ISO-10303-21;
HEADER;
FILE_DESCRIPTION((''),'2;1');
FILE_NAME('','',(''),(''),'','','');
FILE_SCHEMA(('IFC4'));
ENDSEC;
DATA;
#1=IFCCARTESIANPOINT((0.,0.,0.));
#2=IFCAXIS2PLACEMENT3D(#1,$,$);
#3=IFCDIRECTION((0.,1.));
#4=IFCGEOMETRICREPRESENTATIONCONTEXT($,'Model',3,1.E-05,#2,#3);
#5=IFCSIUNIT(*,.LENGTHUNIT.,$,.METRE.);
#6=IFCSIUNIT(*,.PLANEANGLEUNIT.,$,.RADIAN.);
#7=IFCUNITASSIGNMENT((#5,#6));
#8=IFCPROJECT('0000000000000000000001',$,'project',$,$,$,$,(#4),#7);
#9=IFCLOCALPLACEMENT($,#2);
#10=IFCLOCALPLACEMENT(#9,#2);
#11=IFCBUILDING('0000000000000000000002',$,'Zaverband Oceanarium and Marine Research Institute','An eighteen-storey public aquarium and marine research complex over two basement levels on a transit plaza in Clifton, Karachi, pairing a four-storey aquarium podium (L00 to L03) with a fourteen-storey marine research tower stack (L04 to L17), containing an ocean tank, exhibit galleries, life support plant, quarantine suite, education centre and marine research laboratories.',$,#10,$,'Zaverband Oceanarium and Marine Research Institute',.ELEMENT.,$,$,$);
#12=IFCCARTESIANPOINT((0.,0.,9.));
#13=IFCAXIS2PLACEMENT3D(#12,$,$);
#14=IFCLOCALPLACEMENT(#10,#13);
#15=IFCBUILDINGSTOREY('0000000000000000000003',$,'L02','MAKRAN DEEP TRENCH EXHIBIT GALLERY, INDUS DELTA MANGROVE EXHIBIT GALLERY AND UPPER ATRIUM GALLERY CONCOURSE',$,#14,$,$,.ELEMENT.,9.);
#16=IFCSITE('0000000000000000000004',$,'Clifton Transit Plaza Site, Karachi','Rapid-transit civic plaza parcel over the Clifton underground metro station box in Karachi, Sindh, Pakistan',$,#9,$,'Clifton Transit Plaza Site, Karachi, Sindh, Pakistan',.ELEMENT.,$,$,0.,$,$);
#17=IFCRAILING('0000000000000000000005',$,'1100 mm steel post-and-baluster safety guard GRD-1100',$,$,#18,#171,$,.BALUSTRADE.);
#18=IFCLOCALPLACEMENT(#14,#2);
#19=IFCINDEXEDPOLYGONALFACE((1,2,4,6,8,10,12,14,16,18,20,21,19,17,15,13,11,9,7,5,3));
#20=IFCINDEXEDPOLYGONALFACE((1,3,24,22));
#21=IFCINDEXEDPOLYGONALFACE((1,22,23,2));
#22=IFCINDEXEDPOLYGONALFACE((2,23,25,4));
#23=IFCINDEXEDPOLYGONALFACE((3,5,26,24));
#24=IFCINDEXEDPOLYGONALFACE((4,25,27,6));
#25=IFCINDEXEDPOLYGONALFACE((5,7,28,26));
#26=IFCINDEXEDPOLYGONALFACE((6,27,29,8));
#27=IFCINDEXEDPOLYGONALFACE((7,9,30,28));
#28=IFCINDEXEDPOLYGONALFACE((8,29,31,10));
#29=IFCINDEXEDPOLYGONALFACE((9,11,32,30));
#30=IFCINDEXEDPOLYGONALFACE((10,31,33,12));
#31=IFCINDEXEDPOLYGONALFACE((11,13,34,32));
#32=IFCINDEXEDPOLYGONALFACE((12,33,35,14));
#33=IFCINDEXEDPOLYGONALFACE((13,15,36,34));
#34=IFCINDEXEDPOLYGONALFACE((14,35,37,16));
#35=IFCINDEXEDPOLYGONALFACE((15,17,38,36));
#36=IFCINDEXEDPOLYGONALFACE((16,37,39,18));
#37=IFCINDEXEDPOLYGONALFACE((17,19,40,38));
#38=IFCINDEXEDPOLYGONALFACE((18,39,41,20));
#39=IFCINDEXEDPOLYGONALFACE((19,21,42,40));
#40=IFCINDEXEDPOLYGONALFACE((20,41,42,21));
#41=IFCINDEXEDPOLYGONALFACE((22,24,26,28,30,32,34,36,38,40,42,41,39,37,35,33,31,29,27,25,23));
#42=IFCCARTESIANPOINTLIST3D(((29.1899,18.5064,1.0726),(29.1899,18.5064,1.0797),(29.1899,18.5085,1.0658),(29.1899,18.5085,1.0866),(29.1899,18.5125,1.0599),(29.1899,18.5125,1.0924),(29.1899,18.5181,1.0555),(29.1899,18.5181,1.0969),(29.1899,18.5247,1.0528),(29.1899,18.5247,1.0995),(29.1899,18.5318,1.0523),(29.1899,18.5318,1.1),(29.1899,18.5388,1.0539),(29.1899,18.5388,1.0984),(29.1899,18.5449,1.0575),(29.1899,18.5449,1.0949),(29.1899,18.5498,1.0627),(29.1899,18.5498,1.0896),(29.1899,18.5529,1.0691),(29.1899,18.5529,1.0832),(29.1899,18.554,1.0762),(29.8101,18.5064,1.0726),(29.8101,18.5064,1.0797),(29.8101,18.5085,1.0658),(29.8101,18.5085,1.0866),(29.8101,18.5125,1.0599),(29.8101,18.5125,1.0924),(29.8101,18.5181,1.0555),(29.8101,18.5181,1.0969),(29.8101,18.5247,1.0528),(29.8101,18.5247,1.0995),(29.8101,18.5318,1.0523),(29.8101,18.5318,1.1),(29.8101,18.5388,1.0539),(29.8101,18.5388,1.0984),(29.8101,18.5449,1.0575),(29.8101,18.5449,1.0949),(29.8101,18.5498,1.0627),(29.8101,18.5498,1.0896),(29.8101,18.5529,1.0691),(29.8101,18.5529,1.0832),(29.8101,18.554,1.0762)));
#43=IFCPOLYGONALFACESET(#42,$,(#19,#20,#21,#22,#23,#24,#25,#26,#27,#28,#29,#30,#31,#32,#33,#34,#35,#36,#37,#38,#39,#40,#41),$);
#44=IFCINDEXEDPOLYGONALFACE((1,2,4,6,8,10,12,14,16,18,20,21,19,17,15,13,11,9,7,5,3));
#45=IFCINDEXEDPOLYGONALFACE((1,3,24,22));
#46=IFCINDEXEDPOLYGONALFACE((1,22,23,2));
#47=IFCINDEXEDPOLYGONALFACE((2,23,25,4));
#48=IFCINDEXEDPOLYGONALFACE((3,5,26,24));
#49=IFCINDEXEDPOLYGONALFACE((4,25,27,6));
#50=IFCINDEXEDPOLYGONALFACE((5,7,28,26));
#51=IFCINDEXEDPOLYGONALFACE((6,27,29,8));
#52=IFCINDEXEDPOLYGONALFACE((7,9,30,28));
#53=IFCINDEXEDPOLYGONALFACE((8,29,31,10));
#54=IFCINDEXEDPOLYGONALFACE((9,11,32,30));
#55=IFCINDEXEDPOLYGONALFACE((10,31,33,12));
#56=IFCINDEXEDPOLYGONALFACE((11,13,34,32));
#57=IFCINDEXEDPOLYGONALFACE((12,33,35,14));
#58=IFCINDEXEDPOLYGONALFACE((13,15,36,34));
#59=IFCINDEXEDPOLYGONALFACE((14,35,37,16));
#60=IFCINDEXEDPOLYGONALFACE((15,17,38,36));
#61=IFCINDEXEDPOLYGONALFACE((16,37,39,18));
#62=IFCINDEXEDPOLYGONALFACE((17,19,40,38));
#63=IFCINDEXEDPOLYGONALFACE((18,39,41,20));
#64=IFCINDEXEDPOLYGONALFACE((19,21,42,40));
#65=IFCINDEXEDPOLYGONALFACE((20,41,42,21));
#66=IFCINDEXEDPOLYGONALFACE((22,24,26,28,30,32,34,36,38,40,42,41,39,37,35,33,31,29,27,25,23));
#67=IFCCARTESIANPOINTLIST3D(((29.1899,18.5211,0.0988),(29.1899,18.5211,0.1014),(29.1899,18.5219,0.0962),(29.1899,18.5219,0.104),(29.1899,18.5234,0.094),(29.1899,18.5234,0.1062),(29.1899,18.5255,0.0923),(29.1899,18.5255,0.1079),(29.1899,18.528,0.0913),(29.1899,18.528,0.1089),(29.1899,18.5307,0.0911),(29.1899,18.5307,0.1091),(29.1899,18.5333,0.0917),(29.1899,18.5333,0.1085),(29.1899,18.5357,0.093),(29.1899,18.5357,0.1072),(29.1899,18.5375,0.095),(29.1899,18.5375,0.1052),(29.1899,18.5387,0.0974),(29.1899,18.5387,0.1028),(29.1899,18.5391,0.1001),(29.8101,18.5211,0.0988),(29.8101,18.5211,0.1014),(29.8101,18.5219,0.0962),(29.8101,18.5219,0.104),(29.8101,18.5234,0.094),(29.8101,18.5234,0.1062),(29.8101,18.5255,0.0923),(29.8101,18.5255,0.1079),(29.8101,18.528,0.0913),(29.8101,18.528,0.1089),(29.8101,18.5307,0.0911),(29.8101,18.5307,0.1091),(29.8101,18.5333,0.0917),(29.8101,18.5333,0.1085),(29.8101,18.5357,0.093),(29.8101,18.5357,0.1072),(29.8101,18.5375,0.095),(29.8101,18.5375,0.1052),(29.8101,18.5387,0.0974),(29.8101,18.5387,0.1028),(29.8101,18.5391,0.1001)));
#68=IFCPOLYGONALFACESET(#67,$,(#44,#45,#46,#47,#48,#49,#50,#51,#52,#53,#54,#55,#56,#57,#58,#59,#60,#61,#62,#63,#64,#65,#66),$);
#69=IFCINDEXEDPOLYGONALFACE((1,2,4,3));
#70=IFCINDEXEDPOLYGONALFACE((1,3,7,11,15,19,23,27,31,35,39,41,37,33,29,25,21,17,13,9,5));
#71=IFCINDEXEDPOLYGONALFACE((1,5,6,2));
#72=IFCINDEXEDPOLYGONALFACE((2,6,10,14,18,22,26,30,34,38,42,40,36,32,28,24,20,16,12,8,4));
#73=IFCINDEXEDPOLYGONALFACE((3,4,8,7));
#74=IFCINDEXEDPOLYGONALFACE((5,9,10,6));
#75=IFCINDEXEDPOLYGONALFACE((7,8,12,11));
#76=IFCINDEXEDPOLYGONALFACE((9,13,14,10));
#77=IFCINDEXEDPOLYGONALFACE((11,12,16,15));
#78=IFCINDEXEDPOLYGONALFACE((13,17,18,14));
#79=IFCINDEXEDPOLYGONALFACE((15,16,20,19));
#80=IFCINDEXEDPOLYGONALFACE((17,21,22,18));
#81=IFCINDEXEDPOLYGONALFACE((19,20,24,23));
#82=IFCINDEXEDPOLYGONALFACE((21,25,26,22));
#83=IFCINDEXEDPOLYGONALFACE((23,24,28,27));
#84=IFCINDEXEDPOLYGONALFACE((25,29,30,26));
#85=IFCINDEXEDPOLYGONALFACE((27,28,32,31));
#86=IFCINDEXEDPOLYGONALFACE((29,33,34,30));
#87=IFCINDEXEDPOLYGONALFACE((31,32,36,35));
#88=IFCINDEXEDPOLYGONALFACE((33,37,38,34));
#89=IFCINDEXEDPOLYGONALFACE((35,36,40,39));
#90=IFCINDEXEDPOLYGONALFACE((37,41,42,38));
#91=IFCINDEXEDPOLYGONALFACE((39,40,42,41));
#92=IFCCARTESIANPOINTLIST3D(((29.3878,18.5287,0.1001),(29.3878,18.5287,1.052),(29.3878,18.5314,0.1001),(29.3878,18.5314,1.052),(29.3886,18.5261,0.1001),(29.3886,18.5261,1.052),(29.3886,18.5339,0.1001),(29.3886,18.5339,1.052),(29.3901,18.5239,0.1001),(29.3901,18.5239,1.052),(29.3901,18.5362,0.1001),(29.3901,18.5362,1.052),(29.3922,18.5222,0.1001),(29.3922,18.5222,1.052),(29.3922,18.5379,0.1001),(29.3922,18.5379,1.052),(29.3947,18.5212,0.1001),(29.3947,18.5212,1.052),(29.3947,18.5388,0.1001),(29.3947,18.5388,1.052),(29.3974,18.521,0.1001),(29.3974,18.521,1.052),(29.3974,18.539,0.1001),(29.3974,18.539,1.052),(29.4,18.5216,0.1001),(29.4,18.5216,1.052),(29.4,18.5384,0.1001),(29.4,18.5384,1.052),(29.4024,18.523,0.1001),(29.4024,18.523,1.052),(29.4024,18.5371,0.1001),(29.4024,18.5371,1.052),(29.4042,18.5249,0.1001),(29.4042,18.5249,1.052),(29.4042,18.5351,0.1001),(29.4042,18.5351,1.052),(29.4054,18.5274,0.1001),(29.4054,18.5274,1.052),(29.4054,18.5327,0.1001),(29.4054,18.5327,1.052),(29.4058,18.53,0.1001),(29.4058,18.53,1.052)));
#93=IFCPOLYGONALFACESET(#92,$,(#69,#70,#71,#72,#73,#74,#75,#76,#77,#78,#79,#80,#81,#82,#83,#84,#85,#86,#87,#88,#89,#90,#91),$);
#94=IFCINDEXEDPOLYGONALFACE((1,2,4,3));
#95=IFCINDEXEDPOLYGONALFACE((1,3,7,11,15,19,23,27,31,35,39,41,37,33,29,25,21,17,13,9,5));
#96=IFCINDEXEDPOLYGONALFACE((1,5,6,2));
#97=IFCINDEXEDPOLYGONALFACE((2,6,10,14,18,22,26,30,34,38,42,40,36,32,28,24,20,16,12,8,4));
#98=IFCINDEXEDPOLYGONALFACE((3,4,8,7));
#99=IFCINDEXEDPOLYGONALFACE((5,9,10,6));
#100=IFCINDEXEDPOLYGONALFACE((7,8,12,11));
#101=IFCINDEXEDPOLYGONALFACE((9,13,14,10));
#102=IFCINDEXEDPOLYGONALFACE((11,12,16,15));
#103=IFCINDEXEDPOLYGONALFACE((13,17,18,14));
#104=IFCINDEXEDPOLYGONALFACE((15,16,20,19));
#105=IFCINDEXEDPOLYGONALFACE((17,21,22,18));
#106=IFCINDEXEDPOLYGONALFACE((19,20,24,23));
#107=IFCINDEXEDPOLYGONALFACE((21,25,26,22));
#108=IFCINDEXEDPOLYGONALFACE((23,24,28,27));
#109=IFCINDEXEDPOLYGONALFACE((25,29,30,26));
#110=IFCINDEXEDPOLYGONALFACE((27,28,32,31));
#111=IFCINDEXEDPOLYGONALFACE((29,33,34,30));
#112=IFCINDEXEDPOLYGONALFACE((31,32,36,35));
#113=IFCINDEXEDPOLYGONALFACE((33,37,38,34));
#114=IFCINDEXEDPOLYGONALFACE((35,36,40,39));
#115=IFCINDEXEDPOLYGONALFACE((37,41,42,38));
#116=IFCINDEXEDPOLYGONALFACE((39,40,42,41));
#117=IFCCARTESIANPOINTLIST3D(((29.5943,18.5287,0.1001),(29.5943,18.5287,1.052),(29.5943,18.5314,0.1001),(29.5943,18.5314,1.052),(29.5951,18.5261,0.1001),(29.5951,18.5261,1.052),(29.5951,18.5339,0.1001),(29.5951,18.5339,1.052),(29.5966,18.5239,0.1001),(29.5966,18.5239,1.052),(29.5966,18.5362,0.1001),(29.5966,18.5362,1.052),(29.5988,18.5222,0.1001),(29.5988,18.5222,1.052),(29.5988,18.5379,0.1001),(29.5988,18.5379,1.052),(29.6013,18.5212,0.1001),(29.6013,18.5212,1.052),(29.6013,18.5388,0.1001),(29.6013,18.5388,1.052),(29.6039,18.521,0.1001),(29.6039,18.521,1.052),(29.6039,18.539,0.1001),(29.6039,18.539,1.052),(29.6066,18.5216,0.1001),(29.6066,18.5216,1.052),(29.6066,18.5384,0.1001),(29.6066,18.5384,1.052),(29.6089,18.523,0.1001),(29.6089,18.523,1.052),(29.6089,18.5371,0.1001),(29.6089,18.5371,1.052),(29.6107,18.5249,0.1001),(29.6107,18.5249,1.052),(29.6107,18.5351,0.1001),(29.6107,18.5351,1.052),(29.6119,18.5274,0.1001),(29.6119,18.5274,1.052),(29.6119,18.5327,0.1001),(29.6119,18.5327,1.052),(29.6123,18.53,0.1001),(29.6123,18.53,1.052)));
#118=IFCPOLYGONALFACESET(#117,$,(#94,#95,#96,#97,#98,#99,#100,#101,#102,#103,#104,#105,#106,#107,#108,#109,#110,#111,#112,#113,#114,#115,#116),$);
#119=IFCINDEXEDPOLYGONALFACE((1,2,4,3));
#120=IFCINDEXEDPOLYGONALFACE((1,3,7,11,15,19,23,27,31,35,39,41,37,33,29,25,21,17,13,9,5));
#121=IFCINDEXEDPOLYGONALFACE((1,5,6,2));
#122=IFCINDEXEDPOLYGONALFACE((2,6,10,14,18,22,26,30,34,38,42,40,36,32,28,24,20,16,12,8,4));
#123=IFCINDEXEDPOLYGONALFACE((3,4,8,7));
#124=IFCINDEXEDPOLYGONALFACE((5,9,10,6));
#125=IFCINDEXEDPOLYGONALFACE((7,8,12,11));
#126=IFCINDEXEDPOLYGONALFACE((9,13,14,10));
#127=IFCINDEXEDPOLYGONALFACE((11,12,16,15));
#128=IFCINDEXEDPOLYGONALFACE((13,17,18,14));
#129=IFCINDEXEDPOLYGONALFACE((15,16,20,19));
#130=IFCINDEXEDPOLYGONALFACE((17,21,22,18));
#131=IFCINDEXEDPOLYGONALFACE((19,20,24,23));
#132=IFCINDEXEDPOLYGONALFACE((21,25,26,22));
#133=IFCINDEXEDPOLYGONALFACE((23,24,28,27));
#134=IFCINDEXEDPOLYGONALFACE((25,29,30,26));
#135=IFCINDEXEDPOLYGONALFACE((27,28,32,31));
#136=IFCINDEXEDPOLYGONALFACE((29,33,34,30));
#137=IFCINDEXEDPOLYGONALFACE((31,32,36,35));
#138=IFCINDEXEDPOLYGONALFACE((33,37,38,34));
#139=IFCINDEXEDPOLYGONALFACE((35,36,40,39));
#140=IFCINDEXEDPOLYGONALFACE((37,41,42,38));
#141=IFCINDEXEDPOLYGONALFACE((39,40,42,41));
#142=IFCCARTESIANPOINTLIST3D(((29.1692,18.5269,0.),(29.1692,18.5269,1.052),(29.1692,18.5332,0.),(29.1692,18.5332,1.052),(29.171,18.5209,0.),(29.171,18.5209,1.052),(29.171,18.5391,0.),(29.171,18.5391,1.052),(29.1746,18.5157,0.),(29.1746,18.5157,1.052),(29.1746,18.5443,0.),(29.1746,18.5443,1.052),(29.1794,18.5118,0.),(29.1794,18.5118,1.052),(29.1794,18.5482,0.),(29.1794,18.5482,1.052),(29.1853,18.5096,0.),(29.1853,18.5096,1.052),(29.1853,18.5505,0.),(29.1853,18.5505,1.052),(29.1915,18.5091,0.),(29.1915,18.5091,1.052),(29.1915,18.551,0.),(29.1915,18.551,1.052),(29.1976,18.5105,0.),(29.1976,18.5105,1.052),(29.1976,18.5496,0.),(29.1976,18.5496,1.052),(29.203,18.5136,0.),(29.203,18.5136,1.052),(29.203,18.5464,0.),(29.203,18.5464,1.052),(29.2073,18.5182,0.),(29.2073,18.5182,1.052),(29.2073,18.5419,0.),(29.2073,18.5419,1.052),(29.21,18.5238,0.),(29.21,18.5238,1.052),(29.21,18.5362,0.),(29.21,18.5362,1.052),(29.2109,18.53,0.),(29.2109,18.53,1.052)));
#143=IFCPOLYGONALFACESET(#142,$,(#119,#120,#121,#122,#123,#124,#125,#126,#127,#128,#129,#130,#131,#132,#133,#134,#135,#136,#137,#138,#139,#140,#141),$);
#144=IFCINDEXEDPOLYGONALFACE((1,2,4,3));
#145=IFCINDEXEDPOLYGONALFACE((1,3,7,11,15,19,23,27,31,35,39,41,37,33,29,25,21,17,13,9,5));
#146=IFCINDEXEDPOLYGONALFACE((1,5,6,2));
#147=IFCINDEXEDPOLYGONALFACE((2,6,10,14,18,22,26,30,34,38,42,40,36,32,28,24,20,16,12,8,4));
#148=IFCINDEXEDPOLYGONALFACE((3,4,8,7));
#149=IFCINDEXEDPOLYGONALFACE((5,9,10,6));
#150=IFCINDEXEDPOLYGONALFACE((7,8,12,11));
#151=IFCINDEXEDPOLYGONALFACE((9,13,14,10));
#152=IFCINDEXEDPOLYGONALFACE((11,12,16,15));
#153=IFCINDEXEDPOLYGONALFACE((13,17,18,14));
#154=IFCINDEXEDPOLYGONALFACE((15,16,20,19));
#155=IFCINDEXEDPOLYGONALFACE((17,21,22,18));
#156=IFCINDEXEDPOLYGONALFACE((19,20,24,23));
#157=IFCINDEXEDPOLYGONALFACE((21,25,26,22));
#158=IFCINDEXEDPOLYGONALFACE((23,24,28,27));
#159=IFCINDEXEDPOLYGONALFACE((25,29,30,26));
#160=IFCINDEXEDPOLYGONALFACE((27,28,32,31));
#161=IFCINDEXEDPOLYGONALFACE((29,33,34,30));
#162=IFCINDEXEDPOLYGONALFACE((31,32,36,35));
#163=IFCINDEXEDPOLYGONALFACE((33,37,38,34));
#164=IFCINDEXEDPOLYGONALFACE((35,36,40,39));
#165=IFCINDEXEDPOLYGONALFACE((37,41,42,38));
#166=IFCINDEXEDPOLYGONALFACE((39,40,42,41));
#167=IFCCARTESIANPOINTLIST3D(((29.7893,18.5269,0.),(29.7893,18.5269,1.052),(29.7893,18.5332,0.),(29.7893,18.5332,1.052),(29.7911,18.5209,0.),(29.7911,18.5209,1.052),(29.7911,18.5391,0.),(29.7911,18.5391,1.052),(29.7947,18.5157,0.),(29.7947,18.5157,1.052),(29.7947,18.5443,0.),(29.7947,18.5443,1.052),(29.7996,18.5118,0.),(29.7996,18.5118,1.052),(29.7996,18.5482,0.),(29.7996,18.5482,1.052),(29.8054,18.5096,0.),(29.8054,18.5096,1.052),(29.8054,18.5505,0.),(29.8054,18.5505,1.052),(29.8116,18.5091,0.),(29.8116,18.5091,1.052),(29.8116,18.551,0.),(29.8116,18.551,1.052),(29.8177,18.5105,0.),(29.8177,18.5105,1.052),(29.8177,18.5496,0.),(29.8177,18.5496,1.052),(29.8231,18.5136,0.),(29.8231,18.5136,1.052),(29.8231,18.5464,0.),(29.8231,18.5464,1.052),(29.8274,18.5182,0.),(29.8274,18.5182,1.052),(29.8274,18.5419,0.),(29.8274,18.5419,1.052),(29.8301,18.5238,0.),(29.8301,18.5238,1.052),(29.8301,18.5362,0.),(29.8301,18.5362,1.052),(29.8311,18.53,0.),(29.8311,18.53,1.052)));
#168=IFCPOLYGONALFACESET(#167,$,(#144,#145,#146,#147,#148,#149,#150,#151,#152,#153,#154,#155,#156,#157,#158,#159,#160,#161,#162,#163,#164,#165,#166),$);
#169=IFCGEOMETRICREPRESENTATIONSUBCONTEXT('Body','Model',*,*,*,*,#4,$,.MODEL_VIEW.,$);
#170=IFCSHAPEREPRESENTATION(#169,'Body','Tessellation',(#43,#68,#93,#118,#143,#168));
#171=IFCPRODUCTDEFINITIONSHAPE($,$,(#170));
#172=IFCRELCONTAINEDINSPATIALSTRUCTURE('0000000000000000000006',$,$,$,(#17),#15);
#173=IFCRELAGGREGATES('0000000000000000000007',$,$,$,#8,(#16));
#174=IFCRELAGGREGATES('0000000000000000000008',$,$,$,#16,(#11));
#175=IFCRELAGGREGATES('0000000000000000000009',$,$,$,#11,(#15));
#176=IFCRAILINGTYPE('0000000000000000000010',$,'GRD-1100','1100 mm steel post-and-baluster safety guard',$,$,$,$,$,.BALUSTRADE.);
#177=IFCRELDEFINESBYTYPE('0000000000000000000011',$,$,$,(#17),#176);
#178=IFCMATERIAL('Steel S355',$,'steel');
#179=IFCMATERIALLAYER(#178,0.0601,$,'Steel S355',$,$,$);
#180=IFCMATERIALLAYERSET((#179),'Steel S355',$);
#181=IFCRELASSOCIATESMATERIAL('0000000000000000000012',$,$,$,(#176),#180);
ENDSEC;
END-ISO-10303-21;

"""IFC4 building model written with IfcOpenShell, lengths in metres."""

from ifc_helpers import new_model, si_unit, direction, frame, origin, origin_2d, place, context, subcontext, project, spatial, circle, extrude, material, layer, layer_set, type_object, element, save


model = new_model("IFC4")

# Units and contexts
model_context = context("Model", 3, precision=1e-05, world=origin(), true_north=direction((0.0, 1.0)))
body_context = subcontext(model_context, "Body", "Model", "MODEL_VIEW")
ifc_project = project(units=[si_unit("LENGTHUNIT", "METRE"), si_unit("PLANEANGLEUNIT", "RADIAN")], contexts=[model_context])

# Site, building, storey
site_placement = place(None, origin())
site = spatial("IfcSite", under=ifc_project, at=site_placement, Name="Clifton Transit Plaza Site, Karachi", Description="Rapid-transit civic plaza parcel over the Clifton underground metro station box in Karachi, Sindh, Pakistan", LongName="Clifton Transit Plaza Site, Karachi, Sindh, Pakistan", CompositionType="ELEMENT", RefElevation=0.0)
building_placement = place(site_placement, origin())
building = spatial("IfcBuilding", under=site, at=building_placement, Name="Zaverband Oceanarium and Marine Research Institute", Description="An eighteen-storey public aquarium and marine research complex over two basement levels on a transit plaza in Clifton, Karachi, pairing a four-storey aquarium podium (L00 to L03) with a fourteen-storey marine research tower stack (L04 to L17), containing an ocean tank, exhibit galleries, life support plant, quarantine suite, education centre and marine research laboratories.", LongName="Zaverband Oceanarium and Marine Research Institute", CompositionType="ELEMENT")
storey_placement = place(building_placement, frame((0.0, 0.0, 9.0)))
storey = spatial("IfcBuildingStorey", under=building, at=storey_placement, Name="L02", Description="MAKRAN DEEP TRENCH EXHIBIT GALLERY, INDUS DELTA MANGROVE EXHIBIT GALLERY AND UPPER ATRIUM GALLERY CONCOURSE", CompositionType="ELEMENT", Elevation=9.0)

# Shared definitions
ifc_material_1 = material(Name="Steel S355", Category="steel")

# Railing
ifc_layer_1 = layer(ifc_material_1, 0.0601, Name="Steel S355")
ifc_layer_set_1 = layer_set([ifc_layer_1], Name="Steel S355")
railing_type_1 = type_object("IfcRailingType", Name="GRD-1100", Description="1100 mm steel post-and-baluster safety guard", PredefinedType="BALUSTRADE", material=ifc_layer_set_1)
for number, where, name in (
    (1, (29.1899, 18.53, 0.0), "1100 mm steel post-and-baluster safety guard GRD-1100"),
):
    element("IfcRailing", number, at=place(storey_placement, frame(where)), inside=storey, type_object=railing_type_1, Name=name, PredefinedType="BALUSTRADE", context=body_context, shape_type="SweptSolid", body=[
        extrude(circle(Radius=0.0239, at=origin_2d()), frame((0.0, 0.0, 1.0762), z_axis=(1.0, 0.0, 0.0), x_axis=(0.0, 1.0, 0.0)), (0.0, 0.0, 1.0), 0.6201),
        extrude(circle(Radius=0.009, at=origin_2d()), frame((0.0, 0.0, 0.1001), z_axis=(1.0, 0.0, 0.0), x_axis=(0.0, 1.0, 0.0)), (0.0, 0.0, 1.0), 0.6201),
        extrude(circle(Radius=0.009, at=origin_2d()), frame((0.2068, 0.0, 0.1001)), (0.0, 0.0, 1.0), 0.9519),
        extrude(circle(Radius=0.009, at=origin_2d()), frame((0.4133, 0.0, 0.1001)), (0.0, 0.0, 1.0), 0.9519),
        extrude(circle(Radius=0.021, at=origin_2d()), origin(), (0.0, 0.0, 1.0), 1.052),
        extrude(circle(Radius=0.021, at=origin_2d()), frame((0.6201, 0.0, 0.0)), (0.0, 0.0, 1.0), 1.052),
    ])

save(model, "model.ifc")
